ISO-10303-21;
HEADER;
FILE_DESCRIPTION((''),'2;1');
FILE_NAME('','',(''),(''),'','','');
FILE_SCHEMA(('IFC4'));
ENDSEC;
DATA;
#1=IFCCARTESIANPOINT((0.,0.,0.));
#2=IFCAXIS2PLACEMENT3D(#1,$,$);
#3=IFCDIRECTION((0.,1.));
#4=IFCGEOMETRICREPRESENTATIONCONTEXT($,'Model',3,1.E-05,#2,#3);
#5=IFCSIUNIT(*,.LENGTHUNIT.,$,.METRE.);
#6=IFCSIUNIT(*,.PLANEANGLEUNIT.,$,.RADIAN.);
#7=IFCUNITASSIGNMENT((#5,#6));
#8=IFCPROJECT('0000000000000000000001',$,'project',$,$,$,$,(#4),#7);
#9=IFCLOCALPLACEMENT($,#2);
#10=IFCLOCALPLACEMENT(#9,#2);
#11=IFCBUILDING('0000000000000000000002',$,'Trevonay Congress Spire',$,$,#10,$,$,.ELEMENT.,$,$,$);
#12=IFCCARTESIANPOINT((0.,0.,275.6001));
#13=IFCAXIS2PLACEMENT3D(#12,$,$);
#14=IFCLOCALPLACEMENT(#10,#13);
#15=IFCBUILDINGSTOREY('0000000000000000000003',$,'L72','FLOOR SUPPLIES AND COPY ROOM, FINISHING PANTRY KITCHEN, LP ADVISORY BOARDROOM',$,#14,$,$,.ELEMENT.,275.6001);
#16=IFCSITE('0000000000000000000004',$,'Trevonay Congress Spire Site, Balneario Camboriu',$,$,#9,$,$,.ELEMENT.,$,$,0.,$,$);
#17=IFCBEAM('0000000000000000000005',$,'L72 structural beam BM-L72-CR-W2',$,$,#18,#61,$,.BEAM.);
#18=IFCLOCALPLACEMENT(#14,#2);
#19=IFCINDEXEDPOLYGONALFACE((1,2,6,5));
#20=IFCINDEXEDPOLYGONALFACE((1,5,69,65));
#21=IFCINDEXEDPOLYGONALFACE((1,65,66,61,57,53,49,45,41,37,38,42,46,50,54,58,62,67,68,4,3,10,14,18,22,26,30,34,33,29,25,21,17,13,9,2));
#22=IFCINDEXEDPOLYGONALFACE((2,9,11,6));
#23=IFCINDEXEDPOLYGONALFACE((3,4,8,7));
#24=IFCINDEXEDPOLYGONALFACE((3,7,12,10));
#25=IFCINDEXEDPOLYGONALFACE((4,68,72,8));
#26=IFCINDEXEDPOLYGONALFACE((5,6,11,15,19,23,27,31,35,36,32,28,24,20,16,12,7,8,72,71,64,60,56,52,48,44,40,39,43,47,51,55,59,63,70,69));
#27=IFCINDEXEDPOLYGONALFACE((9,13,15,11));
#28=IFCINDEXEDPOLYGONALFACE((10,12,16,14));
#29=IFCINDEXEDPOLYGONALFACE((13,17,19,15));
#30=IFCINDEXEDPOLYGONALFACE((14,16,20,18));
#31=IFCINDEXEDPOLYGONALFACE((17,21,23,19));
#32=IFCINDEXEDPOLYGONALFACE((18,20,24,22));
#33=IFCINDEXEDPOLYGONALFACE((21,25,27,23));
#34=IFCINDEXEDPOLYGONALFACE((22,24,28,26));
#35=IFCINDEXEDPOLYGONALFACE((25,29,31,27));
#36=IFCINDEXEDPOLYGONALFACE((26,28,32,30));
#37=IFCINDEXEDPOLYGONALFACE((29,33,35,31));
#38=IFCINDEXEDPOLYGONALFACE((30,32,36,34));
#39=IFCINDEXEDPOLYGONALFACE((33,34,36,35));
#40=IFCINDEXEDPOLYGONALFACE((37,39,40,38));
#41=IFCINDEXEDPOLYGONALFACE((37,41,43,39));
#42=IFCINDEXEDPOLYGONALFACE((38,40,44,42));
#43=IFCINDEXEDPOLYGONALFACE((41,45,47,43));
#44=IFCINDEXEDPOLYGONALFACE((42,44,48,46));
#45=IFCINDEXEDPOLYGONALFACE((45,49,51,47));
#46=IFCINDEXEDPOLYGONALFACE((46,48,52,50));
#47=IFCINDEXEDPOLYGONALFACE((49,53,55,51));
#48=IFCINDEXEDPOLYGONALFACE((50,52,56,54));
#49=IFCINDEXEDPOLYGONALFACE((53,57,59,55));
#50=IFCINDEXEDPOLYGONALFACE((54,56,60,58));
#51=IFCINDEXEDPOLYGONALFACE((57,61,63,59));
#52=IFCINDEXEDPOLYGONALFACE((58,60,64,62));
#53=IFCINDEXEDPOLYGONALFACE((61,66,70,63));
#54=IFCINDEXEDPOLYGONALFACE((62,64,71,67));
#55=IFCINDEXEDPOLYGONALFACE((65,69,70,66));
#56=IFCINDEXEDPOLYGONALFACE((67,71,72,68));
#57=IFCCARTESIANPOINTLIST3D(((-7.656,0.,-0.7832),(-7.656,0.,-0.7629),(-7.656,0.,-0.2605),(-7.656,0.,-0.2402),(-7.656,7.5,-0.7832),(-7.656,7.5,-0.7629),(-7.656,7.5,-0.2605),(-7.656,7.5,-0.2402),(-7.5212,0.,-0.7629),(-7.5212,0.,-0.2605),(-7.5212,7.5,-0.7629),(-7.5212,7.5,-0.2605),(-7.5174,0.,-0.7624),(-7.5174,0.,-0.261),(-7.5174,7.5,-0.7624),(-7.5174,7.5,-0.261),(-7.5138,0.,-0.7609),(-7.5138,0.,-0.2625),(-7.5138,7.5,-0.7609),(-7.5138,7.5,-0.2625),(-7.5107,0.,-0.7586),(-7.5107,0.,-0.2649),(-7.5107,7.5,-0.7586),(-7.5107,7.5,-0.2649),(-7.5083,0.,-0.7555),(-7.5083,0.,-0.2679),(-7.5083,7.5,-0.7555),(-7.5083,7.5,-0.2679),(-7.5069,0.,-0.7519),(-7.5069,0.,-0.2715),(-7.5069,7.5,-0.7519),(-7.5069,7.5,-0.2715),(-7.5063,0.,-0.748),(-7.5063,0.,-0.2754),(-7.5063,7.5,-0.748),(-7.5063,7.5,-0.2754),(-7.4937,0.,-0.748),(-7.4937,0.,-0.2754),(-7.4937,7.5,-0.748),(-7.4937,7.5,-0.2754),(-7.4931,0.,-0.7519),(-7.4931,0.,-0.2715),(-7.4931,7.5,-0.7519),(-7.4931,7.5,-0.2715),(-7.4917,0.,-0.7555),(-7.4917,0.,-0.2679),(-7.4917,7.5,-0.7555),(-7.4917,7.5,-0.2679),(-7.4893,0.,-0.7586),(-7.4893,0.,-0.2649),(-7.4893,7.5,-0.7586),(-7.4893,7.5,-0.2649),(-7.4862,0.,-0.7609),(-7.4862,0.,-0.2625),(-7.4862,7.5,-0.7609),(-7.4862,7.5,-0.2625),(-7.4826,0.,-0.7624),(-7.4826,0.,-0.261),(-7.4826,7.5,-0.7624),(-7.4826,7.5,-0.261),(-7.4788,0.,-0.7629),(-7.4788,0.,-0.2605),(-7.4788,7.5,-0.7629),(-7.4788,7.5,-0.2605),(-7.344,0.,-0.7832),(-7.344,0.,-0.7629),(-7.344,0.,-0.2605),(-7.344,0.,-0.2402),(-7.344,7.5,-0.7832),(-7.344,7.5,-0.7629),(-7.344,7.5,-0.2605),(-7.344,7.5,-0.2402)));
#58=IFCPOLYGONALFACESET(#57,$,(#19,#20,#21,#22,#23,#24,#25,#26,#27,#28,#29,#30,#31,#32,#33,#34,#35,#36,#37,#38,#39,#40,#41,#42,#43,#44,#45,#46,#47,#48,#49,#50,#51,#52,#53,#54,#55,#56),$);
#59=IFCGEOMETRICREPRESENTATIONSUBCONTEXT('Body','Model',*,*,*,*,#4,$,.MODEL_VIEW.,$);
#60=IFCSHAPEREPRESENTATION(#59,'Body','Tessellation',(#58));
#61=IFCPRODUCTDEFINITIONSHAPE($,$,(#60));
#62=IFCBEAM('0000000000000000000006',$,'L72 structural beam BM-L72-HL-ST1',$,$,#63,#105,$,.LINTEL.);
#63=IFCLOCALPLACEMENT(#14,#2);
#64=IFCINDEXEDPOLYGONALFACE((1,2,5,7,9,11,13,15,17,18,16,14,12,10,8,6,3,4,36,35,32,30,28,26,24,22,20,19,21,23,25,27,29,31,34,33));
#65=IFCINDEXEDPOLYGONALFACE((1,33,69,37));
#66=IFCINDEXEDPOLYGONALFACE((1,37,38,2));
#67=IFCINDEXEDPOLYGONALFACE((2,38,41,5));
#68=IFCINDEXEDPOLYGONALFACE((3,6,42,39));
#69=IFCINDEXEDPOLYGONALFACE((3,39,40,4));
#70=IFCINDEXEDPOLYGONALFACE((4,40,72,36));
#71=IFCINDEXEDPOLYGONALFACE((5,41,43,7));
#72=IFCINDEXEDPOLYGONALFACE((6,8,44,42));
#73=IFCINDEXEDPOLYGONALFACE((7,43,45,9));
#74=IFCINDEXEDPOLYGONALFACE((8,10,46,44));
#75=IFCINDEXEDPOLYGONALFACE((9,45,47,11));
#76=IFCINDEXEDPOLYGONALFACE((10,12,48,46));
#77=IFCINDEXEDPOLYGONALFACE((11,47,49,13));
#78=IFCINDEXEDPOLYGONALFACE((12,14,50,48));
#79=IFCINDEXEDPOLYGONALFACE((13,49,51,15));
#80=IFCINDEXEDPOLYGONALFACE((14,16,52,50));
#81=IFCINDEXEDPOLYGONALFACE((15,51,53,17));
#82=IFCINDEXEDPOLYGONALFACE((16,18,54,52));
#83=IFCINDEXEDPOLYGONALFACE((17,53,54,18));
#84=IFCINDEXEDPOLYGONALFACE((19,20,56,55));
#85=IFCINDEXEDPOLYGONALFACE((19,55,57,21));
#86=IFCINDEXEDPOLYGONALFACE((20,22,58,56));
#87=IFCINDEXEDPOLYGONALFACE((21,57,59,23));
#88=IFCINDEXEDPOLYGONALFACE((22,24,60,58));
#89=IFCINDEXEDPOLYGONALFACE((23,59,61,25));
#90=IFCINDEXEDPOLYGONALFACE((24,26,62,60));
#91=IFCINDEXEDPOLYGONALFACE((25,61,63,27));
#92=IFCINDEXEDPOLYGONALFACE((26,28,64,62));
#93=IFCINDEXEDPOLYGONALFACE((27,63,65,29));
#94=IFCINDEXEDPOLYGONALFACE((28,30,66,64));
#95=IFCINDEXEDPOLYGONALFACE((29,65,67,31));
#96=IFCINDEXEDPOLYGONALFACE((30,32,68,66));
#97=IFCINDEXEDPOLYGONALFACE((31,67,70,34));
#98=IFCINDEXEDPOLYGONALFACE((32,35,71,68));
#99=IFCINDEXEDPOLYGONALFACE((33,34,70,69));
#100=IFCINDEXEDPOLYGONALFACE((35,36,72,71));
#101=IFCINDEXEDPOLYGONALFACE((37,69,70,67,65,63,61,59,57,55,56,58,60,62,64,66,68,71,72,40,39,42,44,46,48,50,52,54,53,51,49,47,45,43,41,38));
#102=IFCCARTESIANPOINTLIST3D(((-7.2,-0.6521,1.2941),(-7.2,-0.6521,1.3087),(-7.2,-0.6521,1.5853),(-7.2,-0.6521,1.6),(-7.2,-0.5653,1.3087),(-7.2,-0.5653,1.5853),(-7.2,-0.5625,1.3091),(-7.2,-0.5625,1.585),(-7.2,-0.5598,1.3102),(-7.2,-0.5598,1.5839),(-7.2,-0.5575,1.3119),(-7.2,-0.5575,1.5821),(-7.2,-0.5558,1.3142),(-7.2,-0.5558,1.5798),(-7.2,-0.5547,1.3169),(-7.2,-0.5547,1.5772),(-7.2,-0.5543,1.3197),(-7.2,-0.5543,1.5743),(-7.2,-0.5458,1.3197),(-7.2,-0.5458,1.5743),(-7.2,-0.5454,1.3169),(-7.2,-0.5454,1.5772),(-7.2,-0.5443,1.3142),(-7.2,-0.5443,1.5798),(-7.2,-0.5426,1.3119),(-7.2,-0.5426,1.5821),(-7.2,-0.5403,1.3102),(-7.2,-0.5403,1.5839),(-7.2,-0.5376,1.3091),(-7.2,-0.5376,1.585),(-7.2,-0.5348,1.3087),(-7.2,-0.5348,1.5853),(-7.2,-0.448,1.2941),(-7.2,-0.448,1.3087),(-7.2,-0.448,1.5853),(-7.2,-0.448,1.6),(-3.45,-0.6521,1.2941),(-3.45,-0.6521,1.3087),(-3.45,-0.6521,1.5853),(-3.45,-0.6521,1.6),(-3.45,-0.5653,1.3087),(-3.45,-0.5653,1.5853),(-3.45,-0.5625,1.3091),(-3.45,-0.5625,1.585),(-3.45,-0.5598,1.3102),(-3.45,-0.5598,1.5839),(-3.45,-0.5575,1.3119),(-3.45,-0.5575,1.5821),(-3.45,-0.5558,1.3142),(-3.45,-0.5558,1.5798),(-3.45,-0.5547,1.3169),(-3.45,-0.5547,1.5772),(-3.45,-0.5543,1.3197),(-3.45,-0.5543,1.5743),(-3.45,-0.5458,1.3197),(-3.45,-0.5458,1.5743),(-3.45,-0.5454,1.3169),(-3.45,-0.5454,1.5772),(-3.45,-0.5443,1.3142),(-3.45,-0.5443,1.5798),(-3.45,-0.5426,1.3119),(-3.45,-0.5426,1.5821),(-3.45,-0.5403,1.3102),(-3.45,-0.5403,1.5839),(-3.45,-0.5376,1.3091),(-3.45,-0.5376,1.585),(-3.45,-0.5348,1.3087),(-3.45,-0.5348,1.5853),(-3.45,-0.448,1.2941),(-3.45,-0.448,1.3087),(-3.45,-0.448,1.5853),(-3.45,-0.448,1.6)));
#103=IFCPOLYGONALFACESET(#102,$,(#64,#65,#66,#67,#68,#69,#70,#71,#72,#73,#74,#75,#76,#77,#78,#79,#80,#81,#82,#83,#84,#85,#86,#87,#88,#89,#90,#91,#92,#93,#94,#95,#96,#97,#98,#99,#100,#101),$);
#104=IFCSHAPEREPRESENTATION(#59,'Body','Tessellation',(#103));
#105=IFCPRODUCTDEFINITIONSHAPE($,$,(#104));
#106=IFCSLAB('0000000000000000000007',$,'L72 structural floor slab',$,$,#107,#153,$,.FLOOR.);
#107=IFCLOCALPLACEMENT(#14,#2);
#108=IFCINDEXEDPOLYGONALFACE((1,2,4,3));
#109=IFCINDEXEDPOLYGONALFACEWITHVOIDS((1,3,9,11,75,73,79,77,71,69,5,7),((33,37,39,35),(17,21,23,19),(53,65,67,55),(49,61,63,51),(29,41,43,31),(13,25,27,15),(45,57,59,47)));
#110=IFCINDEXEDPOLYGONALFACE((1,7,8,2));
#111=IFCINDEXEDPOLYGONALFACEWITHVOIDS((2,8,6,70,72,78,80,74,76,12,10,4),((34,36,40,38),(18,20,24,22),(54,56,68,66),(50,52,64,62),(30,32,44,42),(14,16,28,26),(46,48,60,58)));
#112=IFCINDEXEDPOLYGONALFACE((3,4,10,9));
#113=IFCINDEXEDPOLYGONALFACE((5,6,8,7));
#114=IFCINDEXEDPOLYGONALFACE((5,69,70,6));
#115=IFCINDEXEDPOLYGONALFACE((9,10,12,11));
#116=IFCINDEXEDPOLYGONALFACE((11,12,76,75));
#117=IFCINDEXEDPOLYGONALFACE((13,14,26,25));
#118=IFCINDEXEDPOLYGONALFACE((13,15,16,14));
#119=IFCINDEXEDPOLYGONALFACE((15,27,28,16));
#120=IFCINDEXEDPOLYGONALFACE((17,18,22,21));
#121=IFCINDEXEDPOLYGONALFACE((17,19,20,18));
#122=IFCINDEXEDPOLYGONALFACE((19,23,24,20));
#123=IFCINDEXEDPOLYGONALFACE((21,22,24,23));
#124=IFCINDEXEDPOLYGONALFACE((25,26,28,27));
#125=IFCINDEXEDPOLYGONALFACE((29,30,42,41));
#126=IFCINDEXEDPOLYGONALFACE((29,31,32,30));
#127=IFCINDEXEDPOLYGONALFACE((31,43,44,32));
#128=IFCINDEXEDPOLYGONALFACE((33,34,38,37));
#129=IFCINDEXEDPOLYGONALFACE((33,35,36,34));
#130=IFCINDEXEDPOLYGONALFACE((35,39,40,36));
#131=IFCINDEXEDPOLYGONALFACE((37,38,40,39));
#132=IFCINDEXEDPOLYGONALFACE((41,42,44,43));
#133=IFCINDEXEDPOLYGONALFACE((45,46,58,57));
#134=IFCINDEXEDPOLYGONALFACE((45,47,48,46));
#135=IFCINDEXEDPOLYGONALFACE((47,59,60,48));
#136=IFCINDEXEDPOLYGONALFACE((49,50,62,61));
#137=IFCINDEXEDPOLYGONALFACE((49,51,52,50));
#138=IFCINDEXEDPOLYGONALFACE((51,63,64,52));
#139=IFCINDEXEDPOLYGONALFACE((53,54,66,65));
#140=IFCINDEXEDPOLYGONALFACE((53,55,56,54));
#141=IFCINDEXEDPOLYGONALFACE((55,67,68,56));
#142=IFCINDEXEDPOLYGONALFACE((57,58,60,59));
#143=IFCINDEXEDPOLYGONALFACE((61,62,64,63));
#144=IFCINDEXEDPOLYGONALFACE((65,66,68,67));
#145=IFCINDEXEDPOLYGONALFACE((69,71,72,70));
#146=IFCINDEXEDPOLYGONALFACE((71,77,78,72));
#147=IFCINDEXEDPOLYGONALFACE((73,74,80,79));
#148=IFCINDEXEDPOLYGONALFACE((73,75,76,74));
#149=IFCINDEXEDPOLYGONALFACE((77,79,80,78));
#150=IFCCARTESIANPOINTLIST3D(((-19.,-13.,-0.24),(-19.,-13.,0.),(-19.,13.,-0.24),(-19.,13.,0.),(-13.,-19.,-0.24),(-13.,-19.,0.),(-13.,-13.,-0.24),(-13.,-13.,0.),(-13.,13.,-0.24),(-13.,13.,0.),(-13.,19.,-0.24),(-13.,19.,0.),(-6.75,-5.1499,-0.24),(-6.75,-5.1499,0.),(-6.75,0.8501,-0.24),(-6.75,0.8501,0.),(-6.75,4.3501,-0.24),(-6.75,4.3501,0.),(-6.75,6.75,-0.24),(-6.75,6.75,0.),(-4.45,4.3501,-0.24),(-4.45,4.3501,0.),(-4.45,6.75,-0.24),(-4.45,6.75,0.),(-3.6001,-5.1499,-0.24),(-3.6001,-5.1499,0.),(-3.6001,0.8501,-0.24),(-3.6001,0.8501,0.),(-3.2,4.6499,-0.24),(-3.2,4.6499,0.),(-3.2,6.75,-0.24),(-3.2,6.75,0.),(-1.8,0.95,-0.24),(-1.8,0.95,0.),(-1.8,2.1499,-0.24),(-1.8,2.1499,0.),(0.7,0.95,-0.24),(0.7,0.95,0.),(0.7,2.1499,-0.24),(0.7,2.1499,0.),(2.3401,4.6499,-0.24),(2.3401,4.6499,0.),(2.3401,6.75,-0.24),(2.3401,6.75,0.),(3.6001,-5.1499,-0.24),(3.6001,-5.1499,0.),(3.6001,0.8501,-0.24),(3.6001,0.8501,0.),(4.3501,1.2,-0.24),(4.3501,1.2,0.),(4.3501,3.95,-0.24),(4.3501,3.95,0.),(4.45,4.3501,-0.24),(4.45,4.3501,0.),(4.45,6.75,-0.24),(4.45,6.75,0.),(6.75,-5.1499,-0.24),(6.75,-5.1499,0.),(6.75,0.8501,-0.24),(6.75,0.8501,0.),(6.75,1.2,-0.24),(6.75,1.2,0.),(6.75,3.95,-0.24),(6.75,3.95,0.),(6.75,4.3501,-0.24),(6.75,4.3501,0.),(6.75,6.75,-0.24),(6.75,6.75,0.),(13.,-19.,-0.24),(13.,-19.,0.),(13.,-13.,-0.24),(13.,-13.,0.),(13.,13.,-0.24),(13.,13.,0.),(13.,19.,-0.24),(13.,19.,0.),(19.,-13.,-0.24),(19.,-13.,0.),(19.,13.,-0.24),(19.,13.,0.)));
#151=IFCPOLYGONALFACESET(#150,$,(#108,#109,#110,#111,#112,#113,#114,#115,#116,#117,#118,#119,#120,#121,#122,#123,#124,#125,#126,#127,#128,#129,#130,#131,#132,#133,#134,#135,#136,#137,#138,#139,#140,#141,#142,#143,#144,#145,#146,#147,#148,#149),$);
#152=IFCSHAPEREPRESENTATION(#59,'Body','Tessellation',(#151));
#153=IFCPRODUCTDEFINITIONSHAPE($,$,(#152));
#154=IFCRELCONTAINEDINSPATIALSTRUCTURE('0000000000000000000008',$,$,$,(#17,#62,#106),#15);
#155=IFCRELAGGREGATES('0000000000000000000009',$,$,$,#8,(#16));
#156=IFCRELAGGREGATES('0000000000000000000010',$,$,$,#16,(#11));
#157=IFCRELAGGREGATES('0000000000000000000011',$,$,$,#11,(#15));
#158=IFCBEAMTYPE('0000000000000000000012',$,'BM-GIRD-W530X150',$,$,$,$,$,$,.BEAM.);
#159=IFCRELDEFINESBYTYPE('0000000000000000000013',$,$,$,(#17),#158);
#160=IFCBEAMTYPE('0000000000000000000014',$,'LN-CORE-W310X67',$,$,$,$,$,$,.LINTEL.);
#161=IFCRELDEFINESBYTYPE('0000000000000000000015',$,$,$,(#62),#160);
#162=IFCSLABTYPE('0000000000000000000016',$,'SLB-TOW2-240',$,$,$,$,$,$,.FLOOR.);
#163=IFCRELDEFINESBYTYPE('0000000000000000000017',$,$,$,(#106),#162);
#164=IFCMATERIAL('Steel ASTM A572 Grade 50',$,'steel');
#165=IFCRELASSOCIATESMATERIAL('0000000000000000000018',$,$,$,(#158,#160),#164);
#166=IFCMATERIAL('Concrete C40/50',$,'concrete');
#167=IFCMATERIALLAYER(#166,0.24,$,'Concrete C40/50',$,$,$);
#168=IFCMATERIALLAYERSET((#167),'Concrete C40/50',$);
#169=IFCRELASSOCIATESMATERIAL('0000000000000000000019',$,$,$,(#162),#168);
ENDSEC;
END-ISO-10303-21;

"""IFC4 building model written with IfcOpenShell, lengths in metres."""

from ifc_helpers import new_model, si_unit, direction, frame, origin, origin_2d, place, context, subcontext, project, spatial, polyline, i_section, outline, extrude, material, layer, layer_set, material_profile, profile_set, type_object, element, save


model = new_model("IFC4")

# Units and contexts
model_context = context("Model", 3, precision=1e-05, world=origin(), true_north=direction((0.0, 1.0)))
body_context = subcontext(model_context, "Body", "Model", "MODEL_VIEW")
ifc_project = project(units=[si_unit("LENGTHUNIT", "METRE"), si_unit("PLANEANGLEUNIT", "RADIAN")], contexts=[model_context])

# Site, building, storey
site_placement = place(None, origin())
site = spatial("IfcSite", under=ifc_project, at=site_placement, Name="Trevonay Congress Spire Site, Balneario Camboriu", CompositionType="ELEMENT", RefElevation=0.0)
building_placement = place(site_placement, origin())
building = spatial("IfcBuilding", under=site, at=building_placement, Name="Trevonay Congress Spire", CompositionType="ELEMENT")
storey_placement = place(building_placement, frame((0.0, 0.0, 275.6001)))
storey = spatial("IfcBuildingStorey", under=building, at=storey_placement, Name="L72", Description="FLOOR SUPPLIES AND COPY ROOM, FINISHING PANTRY KITCHEN, LP ADVISORY BOARDROOM", CompositionType="ELEMENT", Elevation=275.6001)

# Shared definitions
ifc_material_1 = material(Name="Steel ASTM A572 Grade 50", Category="steel")

# Beams
ifc_material_profile_1 = material_profile(ifc_material_1, i_section(OverallWidth=0.312, OverallDepth=0.543, WebThickness=0.0127, FlangeThickness=0.0203, FilletRadius=0.0149, at=origin_2d()), Name="W530x150")
ifc_profile_set_1 = profile_set([ifc_material_profile_1], Name="Steel ASTM A572 Grade 50")
beam_type_1 = type_object("IfcBeamType", Name="BM-GIRD-W530X150", PredefinedType="BEAM", material=ifc_profile_set_1)
beam_1_placement = place(storey_placement, frame((-7.5, 0.0, -0.5117), z_axis=(0.0, 1.0, 0.0), x_axis=(-1.0, 0.0, 0.0)))
element("IfcBeam", 1, at=beam_1_placement, inside=storey, type_object=beam_type_1, Name="L72 structural beam BM-L72-CR-W2", PredefinedType="BEAM", context=body_context, shape_type="SweptSolid", body=[
    extrude(i_section(OverallWidth=0.312, OverallDepth=0.543, WebThickness=0.0127, FlangeThickness=0.0203, FilletRadius=0.0149, at=origin_2d()), origin(), (0.0, 0.0, 1.0), 7.5),
])
ifc_material_profile_2 = material_profile(ifc_material_1, i_section(OverallWidth=0.2041, OverallDepth=0.3059, WebThickness=0.0085, FlangeThickness=0.0146, FilletRadius=0.011, at=origin_2d()), Name="W310x67")
ifc_profile_set_2 = profile_set([ifc_material_profile_2], Name="Steel ASTM A572 Grade 50")
beam_type_2 = type_object("IfcBeamType", Name="LN-CORE-W310X67", PredefinedType="LINTEL", material=ifc_profile_set_2)
beam_2_placement = place(storey_placement, frame((-7.2, -0.55, 1.447), z_axis=(1.0, 0.0, 0.0), x_axis=(0.0, 1.0, 0.0)))
element("IfcBeam", 2, at=beam_2_placement, inside=storey, type_object=beam_type_2, Name="L72 structural beam BM-L72-HL-ST1", PredefinedType="LINTEL", context=body_context, shape_type="SweptSolid", body=[
    extrude(i_section(OverallWidth=0.2041, OverallDepth=0.3059, WebThickness=0.0085, FlangeThickness=0.0146, FilletRadius=0.011, at=origin_2d()), origin(), (0.0, 0.0, 1.0), 3.75),
])

# Slab
ifc_material_2 = material(Name="Concrete C40/50", Category="concrete")
ifc_layer_1 = layer(ifc_material_2, 0.24, Name="Concrete C40/50")
ifc_layer_set_1 = layer_set([ifc_layer_1], Name="Concrete C40/50")
slab_type = type_object("IfcSlabType", Name="SLB-TOW2-240", PredefinedType="FLOOR", material=ifc_layer_set_1)
slab_placement = place(storey_placement, frame((0.0, 0.0, -0.24)))
element("IfcSlab", 3, at=slab_placement, inside=storey, type_object=slab_type, Name="L72 structural floor slab", PredefinedType="FLOOR", context=body_context, shape_type="SweptSolid", body=[
    extrude(outline(polyline([(-13.0, -19.0), (13.0, -19.0), (13.0, -13.0), (19.0, -13.0), (19.0, 13.0), (13.0, 13.0), (13.0, 19.0), (-13.0, 19.0), (-13.0, 13.0), (-19.0, 13.0), (-19.0, -13.0), (-13.0, -13.0), (-13.0, -19.0)]), holes=[polyline([(-3.6001, -5.1499), (-3.6001, 0.8501), (-6.75, 0.8501), (-6.75, -5.1499), (-3.6001, -5.1499)]), polyline([(6.75, -5.1499), (6.75, 0.8501), (3.6001, 0.8501), (3.6001, -5.1499), (6.75, -5.1499)]), polyline([(-3.2, 4.6499), (2.3401, 4.6499), (2.3401, 6.75), (-3.2, 6.75), (-3.2, 4.6499)]), polyline([(-6.75, 4.3501), (-4.45, 4.3501), (-4.45, 6.75), (-6.75, 6.75), (-6.75, 4.3501)]), polyline([(4.45, 4.3501), (6.75, 4.3501), (6.75, 6.75), (4.45, 6.75), (4.45, 4.3501)]), polyline([(4.3501, 1.2), (6.75, 1.2), (6.75, 3.95), (4.3501, 3.95), (4.3501, 1.2)]), polyline([(-1.8, 0.95), (0.7, 0.95), (0.7, 2.1499), (-1.8, 2.1499), (-1.8, 0.95)])]), origin(), (0.0, 0.0, 1.0), 0.24),
])

save(model, "model.ifc")
